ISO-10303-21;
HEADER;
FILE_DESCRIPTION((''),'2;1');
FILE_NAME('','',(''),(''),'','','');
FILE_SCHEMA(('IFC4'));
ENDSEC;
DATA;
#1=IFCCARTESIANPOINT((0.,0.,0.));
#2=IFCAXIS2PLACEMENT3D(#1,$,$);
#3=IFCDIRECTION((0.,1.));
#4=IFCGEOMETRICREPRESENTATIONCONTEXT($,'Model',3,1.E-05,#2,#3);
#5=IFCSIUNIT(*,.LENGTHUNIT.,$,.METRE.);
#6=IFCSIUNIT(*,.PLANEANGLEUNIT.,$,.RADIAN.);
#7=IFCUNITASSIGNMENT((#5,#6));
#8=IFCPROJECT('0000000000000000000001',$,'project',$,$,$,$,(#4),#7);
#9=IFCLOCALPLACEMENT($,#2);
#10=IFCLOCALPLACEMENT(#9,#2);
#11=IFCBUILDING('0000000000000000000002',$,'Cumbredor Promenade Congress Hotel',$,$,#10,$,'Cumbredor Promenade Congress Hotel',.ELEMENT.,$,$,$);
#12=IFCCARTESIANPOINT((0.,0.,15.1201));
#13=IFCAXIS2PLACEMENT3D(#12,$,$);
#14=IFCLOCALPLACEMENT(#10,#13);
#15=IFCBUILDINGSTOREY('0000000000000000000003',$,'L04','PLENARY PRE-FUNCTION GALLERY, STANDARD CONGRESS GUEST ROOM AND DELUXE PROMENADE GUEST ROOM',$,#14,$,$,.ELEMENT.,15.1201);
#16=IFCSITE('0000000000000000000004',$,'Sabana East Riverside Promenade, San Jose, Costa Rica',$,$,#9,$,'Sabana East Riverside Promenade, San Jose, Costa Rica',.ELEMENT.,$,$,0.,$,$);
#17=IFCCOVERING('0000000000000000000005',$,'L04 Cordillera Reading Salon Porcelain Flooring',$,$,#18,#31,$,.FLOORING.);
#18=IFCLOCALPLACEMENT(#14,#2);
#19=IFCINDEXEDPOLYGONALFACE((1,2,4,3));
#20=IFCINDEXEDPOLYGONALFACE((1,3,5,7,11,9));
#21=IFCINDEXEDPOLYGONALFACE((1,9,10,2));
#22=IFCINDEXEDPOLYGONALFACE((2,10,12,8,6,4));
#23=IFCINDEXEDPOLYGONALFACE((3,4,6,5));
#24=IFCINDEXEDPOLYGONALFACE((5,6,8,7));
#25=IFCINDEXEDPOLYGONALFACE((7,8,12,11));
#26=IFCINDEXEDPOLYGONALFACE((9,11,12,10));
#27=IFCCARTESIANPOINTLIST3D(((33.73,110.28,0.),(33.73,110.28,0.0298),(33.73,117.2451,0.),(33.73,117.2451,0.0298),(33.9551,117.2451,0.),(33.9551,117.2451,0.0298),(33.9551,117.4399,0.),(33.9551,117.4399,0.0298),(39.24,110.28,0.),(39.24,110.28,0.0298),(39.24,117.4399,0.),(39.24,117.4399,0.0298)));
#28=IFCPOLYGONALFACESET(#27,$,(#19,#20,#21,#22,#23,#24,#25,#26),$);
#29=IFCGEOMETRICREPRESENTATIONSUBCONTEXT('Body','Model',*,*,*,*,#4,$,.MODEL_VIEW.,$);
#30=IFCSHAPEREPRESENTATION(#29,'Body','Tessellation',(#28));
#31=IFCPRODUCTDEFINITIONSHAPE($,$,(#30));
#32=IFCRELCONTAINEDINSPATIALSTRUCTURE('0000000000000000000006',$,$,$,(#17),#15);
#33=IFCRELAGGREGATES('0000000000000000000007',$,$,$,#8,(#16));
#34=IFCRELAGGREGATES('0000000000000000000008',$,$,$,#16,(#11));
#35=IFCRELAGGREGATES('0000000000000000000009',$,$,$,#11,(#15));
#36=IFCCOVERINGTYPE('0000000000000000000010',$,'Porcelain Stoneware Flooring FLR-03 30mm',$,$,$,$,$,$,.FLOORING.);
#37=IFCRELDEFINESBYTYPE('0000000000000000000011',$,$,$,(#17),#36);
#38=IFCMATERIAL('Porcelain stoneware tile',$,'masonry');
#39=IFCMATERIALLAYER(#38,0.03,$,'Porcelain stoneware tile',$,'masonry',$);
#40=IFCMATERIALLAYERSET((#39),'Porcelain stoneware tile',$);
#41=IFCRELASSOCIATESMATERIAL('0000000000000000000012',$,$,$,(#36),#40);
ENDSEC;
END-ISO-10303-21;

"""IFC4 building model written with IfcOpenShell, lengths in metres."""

from ifc_helpers import new_model, si_unit, direction, frame, origin, place, context, subcontext, project, spatial, polyline, outline, extrude, material, layer, layer_set, type_object, element, save


model = new_model("IFC4")

# Units and contexts
model_context = context("Model", 3, precision=1e-05, world=origin(), true_north=direction((0.0, 1.0)))
body_context = subcontext(model_context, "Body", "Model", "MODEL_VIEW")
ifc_project = project(units=[si_unit("LENGTHUNIT", "METRE"), si_unit("PLANEANGLEUNIT", "RADIAN")], contexts=[model_context])

# Site, building, storey
site_placement = place(None, origin())
site = spatial("IfcSite", under=ifc_project, at=site_placement, Name="Sabana East Riverside Promenade, San Jose, Costa Rica", LongName="Sabana East Riverside Promenade, San Jose, Costa Rica", CompositionType="ELEMENT", RefElevation=0.0)
building_placement = place(site_placement, origin())
building = spatial("IfcBuilding", under=site, at=building_placement, Name="Cumbredor Promenade Congress Hotel", LongName="Cumbredor Promenade Congress Hotel", CompositionType="ELEMENT")
storey_placement = place(building_placement, frame((0.0, 0.0, 15.1201)))
storey = spatial("IfcBuildingStorey", under=building, at=storey_placement, Name="L04", Description="PLENARY PRE-FUNCTION GALLERY, STANDARD CONGRESS GUEST ROOM AND DELUXE PROMENADE GUEST ROOM", CompositionType="ELEMENT", Elevation=15.1201)

# Covering
ifc_material_1 = material(Name="Porcelain stoneware tile", Category="masonry")
ifc_layer_1 = layer(ifc_material_1, 0.03, Name="Porcelain stoneware tile", Category="masonry")
ifc_layer_set_1 = layer_set([ifc_layer_1], Name="Porcelain stoneware tile")
covering_type_1 = type_object("IfcCoveringType", Name="Porcelain Stoneware Flooring FLR-03 30mm", PredefinedType="FLOORING", material=ifc_layer_set_1)
covering_1_placement = place(storey_placement, origin())
element("IfcCovering", 1, at=covering_1_placement, inside=storey, type_object=covering_type_1, Name="L04 Cordillera Reading Salon Porcelain Flooring", PredefinedType="FLOORING", context=body_context, shape_type="SweptSolid", body=[
    extrude(outline(polyline([(39.24, 117.4399), (39.24, 110.28), (33.73, 110.28), (33.73, 117.2451), (33.9551, 117.2451), (33.9551, 117.4399), (39.24, 117.4399)])), origin(), (0.0, 0.0, 1.0), 0.0298),
])

save(model, "model.ifc")
